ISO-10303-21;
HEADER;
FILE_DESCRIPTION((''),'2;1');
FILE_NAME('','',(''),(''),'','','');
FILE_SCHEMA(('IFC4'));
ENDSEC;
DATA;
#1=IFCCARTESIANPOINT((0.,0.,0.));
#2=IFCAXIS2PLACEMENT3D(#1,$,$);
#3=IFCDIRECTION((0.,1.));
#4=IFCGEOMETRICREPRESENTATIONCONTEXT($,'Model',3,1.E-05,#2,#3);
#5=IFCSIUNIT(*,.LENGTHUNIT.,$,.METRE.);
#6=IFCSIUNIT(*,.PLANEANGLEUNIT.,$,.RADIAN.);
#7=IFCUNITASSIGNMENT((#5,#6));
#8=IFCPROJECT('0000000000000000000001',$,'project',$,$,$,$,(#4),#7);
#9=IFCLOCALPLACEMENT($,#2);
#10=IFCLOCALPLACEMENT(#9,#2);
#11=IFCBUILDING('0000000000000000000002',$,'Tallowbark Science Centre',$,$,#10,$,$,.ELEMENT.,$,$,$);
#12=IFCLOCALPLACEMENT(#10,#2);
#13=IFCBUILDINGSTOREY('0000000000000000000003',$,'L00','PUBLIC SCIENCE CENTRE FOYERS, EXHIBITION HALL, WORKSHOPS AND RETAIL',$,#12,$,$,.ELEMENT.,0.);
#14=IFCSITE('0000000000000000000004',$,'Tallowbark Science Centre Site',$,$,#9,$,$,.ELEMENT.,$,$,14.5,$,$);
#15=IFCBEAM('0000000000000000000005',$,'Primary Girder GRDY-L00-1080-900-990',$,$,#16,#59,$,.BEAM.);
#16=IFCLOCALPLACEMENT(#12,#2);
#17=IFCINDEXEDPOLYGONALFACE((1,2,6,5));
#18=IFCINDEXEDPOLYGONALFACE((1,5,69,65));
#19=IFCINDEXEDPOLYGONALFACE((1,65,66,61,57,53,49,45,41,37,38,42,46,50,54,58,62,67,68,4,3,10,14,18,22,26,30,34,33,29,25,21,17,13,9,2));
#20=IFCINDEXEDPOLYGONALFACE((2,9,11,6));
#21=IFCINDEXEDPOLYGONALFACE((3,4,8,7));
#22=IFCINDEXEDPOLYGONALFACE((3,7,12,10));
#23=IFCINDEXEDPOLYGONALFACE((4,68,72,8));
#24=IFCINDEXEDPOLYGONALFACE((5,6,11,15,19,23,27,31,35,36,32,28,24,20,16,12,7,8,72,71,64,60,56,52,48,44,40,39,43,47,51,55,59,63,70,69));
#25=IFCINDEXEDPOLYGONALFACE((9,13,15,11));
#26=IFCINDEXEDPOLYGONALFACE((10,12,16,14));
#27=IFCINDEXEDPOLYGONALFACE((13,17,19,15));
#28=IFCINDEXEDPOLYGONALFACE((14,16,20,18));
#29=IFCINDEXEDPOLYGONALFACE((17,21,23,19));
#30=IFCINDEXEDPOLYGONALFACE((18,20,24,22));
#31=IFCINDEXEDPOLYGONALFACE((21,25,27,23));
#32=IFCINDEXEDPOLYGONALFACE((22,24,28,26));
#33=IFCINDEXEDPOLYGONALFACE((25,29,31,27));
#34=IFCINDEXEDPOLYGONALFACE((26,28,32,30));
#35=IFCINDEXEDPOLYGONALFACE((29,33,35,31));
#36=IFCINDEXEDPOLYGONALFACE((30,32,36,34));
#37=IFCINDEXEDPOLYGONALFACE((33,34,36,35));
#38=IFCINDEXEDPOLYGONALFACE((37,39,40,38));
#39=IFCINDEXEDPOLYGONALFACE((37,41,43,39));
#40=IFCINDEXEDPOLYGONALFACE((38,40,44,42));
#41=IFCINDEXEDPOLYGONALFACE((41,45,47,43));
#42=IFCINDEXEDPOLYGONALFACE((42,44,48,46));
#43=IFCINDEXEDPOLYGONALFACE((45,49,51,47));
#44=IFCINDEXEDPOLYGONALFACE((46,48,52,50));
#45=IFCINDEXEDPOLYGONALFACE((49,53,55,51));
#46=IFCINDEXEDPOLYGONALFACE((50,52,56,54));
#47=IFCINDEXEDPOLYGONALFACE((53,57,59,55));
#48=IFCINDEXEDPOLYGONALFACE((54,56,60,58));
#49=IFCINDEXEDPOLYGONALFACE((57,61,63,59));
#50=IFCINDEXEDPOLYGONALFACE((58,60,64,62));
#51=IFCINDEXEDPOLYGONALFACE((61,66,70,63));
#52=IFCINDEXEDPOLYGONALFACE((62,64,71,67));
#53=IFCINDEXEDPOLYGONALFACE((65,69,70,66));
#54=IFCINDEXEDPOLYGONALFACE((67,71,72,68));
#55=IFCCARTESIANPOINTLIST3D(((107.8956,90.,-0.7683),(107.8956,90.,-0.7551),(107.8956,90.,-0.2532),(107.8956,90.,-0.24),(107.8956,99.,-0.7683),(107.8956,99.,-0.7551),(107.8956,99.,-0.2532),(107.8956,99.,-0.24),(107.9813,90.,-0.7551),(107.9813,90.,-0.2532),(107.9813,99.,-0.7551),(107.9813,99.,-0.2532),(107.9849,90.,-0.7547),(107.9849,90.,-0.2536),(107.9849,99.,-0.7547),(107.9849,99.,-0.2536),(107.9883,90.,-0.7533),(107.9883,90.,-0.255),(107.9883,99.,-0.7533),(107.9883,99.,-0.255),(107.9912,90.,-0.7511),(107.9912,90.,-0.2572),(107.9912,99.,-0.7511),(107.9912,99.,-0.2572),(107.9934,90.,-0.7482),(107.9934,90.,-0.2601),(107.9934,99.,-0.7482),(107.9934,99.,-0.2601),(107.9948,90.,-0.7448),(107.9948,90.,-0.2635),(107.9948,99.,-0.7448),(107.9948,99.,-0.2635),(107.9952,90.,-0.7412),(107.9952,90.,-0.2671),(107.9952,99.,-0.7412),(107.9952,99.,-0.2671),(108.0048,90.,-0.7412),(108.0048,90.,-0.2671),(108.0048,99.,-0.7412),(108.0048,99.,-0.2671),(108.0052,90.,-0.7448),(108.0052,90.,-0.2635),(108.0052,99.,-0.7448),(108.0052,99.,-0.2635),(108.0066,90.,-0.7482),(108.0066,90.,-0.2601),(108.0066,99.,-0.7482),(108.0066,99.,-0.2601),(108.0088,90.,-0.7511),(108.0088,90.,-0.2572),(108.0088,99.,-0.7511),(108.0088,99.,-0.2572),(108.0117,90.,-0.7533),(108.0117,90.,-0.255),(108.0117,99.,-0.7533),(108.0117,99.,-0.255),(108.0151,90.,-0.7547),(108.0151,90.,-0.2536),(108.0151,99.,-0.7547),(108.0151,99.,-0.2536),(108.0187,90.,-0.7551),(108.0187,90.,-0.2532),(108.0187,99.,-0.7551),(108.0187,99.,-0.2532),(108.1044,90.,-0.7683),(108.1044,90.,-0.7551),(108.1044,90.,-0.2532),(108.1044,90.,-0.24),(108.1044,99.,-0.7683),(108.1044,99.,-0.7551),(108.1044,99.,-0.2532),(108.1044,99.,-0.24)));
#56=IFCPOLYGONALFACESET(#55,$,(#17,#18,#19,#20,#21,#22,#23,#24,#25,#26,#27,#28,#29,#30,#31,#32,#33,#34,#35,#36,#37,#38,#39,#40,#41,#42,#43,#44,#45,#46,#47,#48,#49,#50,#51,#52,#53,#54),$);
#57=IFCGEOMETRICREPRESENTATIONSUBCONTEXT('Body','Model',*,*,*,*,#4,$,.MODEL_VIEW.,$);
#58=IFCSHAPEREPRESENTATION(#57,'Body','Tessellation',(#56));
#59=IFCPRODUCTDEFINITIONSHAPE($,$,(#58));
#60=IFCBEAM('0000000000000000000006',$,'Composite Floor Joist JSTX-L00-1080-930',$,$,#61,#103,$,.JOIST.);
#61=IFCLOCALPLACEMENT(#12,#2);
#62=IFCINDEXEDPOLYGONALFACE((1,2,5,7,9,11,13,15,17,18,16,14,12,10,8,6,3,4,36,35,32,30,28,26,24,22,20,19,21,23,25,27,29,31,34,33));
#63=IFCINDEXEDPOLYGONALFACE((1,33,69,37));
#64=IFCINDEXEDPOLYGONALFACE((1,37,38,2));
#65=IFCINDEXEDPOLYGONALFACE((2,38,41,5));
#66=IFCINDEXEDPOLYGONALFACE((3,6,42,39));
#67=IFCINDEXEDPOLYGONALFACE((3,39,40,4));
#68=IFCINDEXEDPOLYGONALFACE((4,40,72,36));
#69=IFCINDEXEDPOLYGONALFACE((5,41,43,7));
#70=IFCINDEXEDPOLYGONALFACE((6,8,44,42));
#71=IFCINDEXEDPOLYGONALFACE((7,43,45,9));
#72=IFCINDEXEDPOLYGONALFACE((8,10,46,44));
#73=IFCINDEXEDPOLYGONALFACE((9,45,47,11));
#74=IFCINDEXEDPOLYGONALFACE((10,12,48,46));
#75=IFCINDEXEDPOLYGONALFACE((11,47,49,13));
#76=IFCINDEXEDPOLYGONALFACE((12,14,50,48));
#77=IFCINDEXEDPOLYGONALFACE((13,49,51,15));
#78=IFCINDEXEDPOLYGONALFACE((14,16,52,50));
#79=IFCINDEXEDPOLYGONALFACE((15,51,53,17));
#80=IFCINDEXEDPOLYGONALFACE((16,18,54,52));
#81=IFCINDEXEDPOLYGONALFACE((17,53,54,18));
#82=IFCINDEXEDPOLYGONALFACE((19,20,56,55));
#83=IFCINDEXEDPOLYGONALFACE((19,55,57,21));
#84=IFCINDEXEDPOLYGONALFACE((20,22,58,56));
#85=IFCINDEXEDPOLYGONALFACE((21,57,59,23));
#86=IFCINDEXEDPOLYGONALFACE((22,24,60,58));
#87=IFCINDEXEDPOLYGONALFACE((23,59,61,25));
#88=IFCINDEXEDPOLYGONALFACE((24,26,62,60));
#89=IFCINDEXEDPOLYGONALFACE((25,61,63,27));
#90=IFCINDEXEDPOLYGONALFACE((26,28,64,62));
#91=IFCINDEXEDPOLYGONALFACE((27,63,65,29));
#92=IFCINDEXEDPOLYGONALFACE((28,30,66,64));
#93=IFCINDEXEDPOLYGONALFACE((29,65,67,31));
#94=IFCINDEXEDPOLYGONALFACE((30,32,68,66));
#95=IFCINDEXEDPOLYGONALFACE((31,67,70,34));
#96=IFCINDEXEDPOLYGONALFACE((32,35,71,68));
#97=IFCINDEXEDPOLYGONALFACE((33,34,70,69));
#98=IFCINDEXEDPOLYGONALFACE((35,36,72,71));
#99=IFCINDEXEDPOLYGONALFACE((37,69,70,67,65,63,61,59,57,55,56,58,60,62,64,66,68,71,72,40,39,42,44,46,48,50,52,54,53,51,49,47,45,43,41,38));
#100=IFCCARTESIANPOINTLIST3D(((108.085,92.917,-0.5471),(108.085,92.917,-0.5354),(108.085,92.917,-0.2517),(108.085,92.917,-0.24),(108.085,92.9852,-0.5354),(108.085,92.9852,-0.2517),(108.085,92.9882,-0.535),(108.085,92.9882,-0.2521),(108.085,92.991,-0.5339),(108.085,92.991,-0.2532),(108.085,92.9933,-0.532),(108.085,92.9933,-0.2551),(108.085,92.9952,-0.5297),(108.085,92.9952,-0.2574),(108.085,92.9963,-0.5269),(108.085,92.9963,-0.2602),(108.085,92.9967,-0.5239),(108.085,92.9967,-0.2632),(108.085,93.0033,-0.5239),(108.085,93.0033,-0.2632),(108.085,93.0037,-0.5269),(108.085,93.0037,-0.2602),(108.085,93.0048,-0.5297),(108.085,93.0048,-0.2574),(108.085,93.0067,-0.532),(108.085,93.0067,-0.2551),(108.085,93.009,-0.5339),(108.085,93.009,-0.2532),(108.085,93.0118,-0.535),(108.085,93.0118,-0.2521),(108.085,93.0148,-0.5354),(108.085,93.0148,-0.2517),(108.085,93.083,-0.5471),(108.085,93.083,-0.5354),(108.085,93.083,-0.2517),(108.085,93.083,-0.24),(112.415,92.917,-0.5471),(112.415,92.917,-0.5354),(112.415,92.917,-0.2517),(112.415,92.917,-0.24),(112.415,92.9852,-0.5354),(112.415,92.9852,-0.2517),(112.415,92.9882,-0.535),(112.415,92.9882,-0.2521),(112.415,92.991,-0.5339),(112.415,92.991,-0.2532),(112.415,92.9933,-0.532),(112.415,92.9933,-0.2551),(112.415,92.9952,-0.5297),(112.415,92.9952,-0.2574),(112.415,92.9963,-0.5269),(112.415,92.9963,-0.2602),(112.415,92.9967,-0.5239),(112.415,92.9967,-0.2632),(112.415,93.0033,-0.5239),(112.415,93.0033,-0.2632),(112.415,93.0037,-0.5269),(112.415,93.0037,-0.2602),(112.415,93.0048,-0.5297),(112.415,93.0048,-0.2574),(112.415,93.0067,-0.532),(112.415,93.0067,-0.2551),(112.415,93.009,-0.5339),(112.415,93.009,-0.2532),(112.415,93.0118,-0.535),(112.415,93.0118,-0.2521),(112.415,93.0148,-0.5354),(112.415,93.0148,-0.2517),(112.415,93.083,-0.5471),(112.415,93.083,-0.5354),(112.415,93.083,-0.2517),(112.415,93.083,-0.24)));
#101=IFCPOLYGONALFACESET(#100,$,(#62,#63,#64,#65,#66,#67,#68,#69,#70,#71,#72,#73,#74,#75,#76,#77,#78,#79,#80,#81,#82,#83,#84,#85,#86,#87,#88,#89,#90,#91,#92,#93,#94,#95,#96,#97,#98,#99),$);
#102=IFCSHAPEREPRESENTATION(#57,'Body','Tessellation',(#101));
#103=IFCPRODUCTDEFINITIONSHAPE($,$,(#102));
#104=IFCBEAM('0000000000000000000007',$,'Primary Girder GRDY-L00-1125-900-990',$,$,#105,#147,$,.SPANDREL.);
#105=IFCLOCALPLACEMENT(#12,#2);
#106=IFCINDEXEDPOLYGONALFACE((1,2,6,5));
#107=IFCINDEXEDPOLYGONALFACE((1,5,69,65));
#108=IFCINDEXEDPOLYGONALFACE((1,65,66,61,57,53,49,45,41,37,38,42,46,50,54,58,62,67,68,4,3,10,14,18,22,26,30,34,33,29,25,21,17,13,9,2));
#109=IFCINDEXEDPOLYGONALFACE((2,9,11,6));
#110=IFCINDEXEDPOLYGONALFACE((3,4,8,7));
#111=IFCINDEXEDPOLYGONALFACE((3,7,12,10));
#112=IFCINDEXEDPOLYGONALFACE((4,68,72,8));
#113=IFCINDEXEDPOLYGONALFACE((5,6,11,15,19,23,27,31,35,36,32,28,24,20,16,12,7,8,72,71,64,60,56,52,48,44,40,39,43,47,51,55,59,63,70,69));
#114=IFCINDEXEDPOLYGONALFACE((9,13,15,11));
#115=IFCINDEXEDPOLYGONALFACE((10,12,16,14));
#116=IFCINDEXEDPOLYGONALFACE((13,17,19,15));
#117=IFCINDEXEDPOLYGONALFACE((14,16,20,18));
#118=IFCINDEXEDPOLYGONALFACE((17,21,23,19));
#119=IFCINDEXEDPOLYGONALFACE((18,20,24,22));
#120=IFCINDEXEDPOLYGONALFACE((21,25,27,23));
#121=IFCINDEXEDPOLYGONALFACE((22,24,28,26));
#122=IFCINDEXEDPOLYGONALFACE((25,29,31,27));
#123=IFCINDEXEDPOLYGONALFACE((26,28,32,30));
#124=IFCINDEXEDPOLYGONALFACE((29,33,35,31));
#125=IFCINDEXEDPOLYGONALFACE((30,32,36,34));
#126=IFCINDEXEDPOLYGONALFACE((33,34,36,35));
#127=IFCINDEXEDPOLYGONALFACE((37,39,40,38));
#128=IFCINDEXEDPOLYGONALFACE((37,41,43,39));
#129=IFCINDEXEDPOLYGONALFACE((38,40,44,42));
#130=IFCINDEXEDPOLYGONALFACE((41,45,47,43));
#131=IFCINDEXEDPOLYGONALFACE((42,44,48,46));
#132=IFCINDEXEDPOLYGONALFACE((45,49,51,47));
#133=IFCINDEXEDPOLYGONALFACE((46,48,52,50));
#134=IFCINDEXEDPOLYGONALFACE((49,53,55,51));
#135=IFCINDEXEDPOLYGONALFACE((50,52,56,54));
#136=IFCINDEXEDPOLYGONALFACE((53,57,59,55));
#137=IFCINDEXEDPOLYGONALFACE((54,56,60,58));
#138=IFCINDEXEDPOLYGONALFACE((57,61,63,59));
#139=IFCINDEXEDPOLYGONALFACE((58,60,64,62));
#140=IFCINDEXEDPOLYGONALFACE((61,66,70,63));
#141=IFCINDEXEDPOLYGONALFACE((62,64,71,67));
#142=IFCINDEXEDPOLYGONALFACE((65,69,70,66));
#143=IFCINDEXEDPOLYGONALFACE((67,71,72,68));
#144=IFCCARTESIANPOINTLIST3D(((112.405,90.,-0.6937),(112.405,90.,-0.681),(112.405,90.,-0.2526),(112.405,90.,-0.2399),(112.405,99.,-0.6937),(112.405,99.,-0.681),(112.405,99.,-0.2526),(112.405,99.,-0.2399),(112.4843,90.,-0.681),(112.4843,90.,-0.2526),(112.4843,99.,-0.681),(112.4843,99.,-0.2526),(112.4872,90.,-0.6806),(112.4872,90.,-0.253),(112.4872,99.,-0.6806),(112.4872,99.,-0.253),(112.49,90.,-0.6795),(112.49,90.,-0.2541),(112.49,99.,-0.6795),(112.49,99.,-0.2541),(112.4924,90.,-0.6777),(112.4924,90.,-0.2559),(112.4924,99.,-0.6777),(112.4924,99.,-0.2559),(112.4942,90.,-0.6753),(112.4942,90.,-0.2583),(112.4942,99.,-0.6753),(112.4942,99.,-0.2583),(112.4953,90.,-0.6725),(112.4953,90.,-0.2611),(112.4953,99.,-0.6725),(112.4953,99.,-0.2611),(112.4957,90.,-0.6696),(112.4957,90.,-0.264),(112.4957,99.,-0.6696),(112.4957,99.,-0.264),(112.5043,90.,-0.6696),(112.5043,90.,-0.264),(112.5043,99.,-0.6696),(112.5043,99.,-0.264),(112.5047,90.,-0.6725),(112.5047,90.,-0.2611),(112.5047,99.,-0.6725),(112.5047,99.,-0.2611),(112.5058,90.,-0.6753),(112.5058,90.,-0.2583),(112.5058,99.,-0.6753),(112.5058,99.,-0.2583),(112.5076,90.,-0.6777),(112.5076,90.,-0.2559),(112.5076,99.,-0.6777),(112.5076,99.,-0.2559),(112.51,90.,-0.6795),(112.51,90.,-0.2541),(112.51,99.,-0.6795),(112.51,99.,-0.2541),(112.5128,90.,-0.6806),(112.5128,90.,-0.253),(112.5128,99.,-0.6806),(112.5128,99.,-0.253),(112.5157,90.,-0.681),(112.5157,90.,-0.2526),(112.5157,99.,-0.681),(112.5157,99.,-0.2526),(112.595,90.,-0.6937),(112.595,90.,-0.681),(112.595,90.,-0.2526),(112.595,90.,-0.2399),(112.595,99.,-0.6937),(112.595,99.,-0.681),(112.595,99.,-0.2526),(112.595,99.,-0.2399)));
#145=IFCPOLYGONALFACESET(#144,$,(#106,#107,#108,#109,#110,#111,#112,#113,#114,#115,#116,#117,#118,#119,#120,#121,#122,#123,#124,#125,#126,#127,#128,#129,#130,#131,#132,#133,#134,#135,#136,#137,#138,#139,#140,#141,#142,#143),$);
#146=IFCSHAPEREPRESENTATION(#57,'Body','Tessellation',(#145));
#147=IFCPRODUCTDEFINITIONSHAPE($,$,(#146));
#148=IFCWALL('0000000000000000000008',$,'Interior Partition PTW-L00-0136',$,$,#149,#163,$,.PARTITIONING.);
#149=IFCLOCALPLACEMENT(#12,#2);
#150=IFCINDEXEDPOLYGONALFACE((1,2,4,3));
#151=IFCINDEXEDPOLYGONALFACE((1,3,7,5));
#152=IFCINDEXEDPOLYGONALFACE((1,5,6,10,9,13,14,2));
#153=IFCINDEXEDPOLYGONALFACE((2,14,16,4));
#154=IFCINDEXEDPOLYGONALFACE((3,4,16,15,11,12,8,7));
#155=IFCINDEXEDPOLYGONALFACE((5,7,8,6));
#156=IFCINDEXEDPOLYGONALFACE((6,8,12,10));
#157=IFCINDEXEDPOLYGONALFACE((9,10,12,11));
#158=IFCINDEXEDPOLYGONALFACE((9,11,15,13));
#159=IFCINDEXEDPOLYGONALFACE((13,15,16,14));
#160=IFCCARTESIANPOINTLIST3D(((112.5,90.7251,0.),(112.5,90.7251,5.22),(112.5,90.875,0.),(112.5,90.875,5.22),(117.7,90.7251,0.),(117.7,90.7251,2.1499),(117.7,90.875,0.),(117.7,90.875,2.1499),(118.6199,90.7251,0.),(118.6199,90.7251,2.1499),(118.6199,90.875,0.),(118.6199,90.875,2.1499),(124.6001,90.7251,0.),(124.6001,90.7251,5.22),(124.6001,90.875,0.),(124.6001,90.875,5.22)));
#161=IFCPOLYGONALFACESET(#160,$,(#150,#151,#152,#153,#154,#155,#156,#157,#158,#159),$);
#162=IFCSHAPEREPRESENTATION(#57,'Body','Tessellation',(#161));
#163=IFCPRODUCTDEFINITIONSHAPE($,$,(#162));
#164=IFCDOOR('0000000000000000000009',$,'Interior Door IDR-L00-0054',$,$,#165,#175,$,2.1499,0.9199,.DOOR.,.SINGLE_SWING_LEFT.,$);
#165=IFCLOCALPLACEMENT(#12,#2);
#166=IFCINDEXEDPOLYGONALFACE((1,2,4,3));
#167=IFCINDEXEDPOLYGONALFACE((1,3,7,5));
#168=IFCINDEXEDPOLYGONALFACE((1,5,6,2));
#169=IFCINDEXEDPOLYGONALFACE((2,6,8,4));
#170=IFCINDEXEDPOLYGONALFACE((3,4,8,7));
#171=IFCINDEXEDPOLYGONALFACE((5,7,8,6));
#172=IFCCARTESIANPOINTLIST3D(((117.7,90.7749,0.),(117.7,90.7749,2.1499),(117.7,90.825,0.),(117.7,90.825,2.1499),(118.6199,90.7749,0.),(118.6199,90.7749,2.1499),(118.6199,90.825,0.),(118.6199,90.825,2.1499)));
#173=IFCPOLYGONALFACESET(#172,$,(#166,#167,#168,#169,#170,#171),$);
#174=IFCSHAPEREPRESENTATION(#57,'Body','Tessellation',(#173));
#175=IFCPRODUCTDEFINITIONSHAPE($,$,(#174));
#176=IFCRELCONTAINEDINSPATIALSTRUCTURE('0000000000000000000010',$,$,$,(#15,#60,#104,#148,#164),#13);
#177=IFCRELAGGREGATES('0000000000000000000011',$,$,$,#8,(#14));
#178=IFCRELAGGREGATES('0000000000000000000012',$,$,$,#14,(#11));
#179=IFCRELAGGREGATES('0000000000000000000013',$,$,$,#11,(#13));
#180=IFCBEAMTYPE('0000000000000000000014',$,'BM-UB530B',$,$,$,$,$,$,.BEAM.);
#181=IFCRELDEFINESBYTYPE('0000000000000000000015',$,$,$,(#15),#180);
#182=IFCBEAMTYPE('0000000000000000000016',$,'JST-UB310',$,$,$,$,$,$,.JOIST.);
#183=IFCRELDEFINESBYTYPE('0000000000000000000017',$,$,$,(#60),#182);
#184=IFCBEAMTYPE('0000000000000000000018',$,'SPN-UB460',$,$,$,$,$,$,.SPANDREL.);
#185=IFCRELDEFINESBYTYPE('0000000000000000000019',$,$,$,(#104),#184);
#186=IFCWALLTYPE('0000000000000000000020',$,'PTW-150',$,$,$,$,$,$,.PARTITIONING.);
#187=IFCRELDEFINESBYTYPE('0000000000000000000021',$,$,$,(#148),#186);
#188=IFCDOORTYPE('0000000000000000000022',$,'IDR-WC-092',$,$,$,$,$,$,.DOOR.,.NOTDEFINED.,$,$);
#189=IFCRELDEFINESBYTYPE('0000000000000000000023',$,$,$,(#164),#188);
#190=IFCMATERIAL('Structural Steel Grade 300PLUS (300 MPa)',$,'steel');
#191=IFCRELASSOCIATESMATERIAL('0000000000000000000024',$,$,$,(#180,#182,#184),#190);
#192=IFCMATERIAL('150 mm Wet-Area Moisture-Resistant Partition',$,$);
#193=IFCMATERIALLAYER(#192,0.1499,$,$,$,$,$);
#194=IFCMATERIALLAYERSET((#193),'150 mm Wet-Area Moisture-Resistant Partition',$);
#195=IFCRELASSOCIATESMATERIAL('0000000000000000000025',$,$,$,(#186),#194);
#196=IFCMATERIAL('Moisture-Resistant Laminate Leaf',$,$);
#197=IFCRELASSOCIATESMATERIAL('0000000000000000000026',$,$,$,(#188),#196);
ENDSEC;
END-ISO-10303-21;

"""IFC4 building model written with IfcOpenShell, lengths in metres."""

from ifc_helpers import new_model, si_unit, direction, frame, frame_2d, origin, origin_2d, place, context, subcontext, project, spatial, rectangle, i_section, extrude, material, layer, layer_set, material_profile, profile_set, type_object, element, fill, save


model = new_model("IFC4")

# Units and contexts
model_context = context("Model", 3, precision=1e-05, world=origin(), true_north=direction((0.0, 1.0)))
body_context = subcontext(model_context, "Body", "Model", "MODEL_VIEW")
ifc_project = project(units=[si_unit("LENGTHUNIT", "METRE"), si_unit("PLANEANGLEUNIT", "RADIAN")], contexts=[model_context])

# Site, building, storey
site_placement = place(None, origin())
site = spatial("IfcSite", under=ifc_project, at=site_placement, Name="Tallowbark Science Centre Site", CompositionType="ELEMENT", RefElevation=14.5)
building_placement = place(site_placement, origin())
building = spatial("IfcBuilding", under=site, at=building_placement, Name="Tallowbark Science Centre", CompositionType="ELEMENT")
storey_placement = place(building_placement, origin())
storey = spatial("IfcBuildingStorey", under=building, at=storey_placement, Name="L00", Description="PUBLIC SCIENCE CENTRE FOYERS, EXHIBITION HALL, WORKSHOPS AND RETAIL", CompositionType="ELEMENT", Elevation=0.0)

# Shared definitions
ifc_material_1 = material(Name="Structural Steel Grade 300PLUS (300 MPa)", Category="steel")

# Beams
ifc_material_profile_1 = material_profile(ifc_material_1, i_section(OverallWidth=0.2087, OverallDepth=0.5283, WebThickness=0.0095, FlangeThickness=0.0132, FilletRadius=0.0139, at=origin_2d()), Name="530UB82.0")
ifc_profile_set_1 = profile_set([ifc_material_profile_1], Name="Structural Steel Grade 300PLUS (300 MPa)")
beam_type_1 = type_object("IfcBeamType", Name="BM-UB530B", PredefinedType="BEAM", material=ifc_profile_set_1)
beam_1_placement = place(storey_placement, frame((108.0, 90.0, -0.5042), z_axis=(0.0, 1.0, 0.0), x_axis=(-1.0, 0.0, 0.0)))
element("IfcBeam", 1, at=beam_1_placement, inside=storey, type_object=beam_type_1, Name="Primary Girder GRDY-L00-1080-900-990", PredefinedType="BEAM", context=body_context, shape_type="SweptSolid", body=[
    extrude(i_section(OverallWidth=0.2087, OverallDepth=0.5283, WebThickness=0.0095, FlangeThickness=0.0132, FilletRadius=0.0139, at=origin_2d()), origin(), (0.0, 0.0, 1.0), 9.0),
])
ifc_material_profile_2 = material_profile(ifc_material_1, i_section(OverallWidth=0.166, OverallDepth=0.3071, WebThickness=0.0066, FlangeThickness=0.0117, FilletRadius=0.0115, at=origin_2d()), Name="310UB46.2")
ifc_profile_set_2 = profile_set([ifc_material_profile_2], Name="Structural Steel Grade 300PLUS (300 MPa)")
beam_type_2 = type_object("IfcBeamType", Name="JST-UB310", PredefinedType="JOIST", material=ifc_profile_set_2)
beam_2_placement = place(storey_placement, frame((108.085, 93.0, -0.3936), z_axis=(1.0, 0.0, 0.0), x_axis=(0.0, 1.0, 0.0)))
element("IfcBeam", 2, at=beam_2_placement, inside=storey, type_object=beam_type_2, Name="Composite Floor Joist JSTX-L00-1080-930", PredefinedType="JOIST", context=body_context, shape_type="SweptSolid", body=[
    extrude(i_section(OverallWidth=0.166, OverallDepth=0.3071, WebThickness=0.0066, FlangeThickness=0.0117, FilletRadius=0.0115, at=origin_2d()), origin(), (0.0, 0.0, 1.0), 4.3301),
])
ifc_material_profile_3 = material_profile(ifc_material_1, i_section(OverallWidth=0.1899, OverallDepth=0.4539, WebThickness=0.0085, FlangeThickness=0.0127, FilletRadius=0.0115, at=origin_2d()), Name="460UB67.1")
ifc_profile_set_3 = profile_set([ifc_material_profile_3], Name="Structural Steel Grade 300PLUS (300 MPa)")
beam_type_3 = type_object("IfcBeamType", Name="SPN-UB460", PredefinedType="SPANDREL", material=ifc_profile_set_3)
beam_3_placement = place(storey_placement, frame((112.5, 90.0, -0.4668), z_axis=(0.0, 1.0, 0.0), x_axis=(-1.0, 0.0, 0.0)))
element("IfcBeam", 3, at=beam_3_placement, inside=storey, type_object=beam_type_3, Name="Primary Girder GRDY-L00-1125-900-990", PredefinedType="SPANDREL", context=body_context, shape_type="SweptSolid", body=[
    extrude(i_section(OverallWidth=0.1899, OverallDepth=0.4539, WebThickness=0.0085, FlangeThickness=0.0127, FilletRadius=0.0115, at=origin_2d()), origin(), (0.0, 0.0, 1.0), 9.0),
])

# Wall, opening, door
ifc_material_2 = material(Name="150 mm Wet-Area Moisture-Resistant Partition")
ifc_layer_1 = layer(ifc_material_2, 0.1499)
ifc_layer_set_1 = layer_set([ifc_layer_1], Name="150 mm Wet-Area Moisture-Resistant Partition")
wall_type_1 = type_object("IfcWallType", Name="PTW-150", PredefinedType="PARTITIONING", material=ifc_layer_set_1)
wall_1_placement = place(storey_placement, frame((112.5, 90.8, 0.0), z_axis=(0.0, 0.0, 1.0), x_axis=(1.0, 0.0, 0.0)))
wall_1 = element("IfcWall", 4, at=wall_1_placement, inside=storey, type_object=wall_type_1, Name="Interior Partition PTW-L00-0136", PredefinedType="PARTITIONING", context=body_context, shape_type="SweptSolid", body=[
    extrude(rectangle(XDim=12.1001, YDim=0.1499, at=frame_2d((6.05, 0.0))), origin(), (0.0, 0.0, 1.0), 5.22),
])
opening_placement = place(wall_1_placement, frame((5.2, 0.0, 0.0)))
opening = element("IfcOpeningElement", 5, at=opening_placement, cuts=wall_1, PredefinedType="OPENING", context=body_context, shape_type="SweptSolid", body=[
    extrude(rectangle(XDim=0.9199, YDim=2.1499, at=frame_2d((0.46, 1.075))), frame((0.0, 0.085, 0.0), z_axis=(0.0, -1.0, 0.0), x_axis=(1.0, 0.0, 0.0)), (0.0, 0.0, 1.0), 0.1699),
])
ifc_material_3 = material(Name="Moisture-Resistant Laminate Leaf")
door_type = type_object("IfcDoorType", Name="IDR-WC-092", OperationType="NOTDEFINED", PredefinedType="DOOR", material=ifc_material_3)
door_placement = place(opening_placement, origin())
door = element("IfcDoor", 6, at=door_placement, inside=storey, type_object=door_type, Name="Interior Door IDR-L00-0054", OperationType="SINGLE_SWING_LEFT", OverallHeight=2.1499, OverallWidth=0.9199, PredefinedType="DOOR", context=body_context, shape_type="SweptSolid", body=[
    extrude(rectangle(XDim=0.9199, YDim=2.1499, at=frame_2d((0.46, 1.075))), frame((0.0, 0.0249, 0.0), z_axis=(0.0, -1.0, 0.0), x_axis=(1.0, 0.0, 0.0)), (0.0, 0.0, 1.0), 0.05),
])
fill(opening, door)

save(model, "model.ifc")
